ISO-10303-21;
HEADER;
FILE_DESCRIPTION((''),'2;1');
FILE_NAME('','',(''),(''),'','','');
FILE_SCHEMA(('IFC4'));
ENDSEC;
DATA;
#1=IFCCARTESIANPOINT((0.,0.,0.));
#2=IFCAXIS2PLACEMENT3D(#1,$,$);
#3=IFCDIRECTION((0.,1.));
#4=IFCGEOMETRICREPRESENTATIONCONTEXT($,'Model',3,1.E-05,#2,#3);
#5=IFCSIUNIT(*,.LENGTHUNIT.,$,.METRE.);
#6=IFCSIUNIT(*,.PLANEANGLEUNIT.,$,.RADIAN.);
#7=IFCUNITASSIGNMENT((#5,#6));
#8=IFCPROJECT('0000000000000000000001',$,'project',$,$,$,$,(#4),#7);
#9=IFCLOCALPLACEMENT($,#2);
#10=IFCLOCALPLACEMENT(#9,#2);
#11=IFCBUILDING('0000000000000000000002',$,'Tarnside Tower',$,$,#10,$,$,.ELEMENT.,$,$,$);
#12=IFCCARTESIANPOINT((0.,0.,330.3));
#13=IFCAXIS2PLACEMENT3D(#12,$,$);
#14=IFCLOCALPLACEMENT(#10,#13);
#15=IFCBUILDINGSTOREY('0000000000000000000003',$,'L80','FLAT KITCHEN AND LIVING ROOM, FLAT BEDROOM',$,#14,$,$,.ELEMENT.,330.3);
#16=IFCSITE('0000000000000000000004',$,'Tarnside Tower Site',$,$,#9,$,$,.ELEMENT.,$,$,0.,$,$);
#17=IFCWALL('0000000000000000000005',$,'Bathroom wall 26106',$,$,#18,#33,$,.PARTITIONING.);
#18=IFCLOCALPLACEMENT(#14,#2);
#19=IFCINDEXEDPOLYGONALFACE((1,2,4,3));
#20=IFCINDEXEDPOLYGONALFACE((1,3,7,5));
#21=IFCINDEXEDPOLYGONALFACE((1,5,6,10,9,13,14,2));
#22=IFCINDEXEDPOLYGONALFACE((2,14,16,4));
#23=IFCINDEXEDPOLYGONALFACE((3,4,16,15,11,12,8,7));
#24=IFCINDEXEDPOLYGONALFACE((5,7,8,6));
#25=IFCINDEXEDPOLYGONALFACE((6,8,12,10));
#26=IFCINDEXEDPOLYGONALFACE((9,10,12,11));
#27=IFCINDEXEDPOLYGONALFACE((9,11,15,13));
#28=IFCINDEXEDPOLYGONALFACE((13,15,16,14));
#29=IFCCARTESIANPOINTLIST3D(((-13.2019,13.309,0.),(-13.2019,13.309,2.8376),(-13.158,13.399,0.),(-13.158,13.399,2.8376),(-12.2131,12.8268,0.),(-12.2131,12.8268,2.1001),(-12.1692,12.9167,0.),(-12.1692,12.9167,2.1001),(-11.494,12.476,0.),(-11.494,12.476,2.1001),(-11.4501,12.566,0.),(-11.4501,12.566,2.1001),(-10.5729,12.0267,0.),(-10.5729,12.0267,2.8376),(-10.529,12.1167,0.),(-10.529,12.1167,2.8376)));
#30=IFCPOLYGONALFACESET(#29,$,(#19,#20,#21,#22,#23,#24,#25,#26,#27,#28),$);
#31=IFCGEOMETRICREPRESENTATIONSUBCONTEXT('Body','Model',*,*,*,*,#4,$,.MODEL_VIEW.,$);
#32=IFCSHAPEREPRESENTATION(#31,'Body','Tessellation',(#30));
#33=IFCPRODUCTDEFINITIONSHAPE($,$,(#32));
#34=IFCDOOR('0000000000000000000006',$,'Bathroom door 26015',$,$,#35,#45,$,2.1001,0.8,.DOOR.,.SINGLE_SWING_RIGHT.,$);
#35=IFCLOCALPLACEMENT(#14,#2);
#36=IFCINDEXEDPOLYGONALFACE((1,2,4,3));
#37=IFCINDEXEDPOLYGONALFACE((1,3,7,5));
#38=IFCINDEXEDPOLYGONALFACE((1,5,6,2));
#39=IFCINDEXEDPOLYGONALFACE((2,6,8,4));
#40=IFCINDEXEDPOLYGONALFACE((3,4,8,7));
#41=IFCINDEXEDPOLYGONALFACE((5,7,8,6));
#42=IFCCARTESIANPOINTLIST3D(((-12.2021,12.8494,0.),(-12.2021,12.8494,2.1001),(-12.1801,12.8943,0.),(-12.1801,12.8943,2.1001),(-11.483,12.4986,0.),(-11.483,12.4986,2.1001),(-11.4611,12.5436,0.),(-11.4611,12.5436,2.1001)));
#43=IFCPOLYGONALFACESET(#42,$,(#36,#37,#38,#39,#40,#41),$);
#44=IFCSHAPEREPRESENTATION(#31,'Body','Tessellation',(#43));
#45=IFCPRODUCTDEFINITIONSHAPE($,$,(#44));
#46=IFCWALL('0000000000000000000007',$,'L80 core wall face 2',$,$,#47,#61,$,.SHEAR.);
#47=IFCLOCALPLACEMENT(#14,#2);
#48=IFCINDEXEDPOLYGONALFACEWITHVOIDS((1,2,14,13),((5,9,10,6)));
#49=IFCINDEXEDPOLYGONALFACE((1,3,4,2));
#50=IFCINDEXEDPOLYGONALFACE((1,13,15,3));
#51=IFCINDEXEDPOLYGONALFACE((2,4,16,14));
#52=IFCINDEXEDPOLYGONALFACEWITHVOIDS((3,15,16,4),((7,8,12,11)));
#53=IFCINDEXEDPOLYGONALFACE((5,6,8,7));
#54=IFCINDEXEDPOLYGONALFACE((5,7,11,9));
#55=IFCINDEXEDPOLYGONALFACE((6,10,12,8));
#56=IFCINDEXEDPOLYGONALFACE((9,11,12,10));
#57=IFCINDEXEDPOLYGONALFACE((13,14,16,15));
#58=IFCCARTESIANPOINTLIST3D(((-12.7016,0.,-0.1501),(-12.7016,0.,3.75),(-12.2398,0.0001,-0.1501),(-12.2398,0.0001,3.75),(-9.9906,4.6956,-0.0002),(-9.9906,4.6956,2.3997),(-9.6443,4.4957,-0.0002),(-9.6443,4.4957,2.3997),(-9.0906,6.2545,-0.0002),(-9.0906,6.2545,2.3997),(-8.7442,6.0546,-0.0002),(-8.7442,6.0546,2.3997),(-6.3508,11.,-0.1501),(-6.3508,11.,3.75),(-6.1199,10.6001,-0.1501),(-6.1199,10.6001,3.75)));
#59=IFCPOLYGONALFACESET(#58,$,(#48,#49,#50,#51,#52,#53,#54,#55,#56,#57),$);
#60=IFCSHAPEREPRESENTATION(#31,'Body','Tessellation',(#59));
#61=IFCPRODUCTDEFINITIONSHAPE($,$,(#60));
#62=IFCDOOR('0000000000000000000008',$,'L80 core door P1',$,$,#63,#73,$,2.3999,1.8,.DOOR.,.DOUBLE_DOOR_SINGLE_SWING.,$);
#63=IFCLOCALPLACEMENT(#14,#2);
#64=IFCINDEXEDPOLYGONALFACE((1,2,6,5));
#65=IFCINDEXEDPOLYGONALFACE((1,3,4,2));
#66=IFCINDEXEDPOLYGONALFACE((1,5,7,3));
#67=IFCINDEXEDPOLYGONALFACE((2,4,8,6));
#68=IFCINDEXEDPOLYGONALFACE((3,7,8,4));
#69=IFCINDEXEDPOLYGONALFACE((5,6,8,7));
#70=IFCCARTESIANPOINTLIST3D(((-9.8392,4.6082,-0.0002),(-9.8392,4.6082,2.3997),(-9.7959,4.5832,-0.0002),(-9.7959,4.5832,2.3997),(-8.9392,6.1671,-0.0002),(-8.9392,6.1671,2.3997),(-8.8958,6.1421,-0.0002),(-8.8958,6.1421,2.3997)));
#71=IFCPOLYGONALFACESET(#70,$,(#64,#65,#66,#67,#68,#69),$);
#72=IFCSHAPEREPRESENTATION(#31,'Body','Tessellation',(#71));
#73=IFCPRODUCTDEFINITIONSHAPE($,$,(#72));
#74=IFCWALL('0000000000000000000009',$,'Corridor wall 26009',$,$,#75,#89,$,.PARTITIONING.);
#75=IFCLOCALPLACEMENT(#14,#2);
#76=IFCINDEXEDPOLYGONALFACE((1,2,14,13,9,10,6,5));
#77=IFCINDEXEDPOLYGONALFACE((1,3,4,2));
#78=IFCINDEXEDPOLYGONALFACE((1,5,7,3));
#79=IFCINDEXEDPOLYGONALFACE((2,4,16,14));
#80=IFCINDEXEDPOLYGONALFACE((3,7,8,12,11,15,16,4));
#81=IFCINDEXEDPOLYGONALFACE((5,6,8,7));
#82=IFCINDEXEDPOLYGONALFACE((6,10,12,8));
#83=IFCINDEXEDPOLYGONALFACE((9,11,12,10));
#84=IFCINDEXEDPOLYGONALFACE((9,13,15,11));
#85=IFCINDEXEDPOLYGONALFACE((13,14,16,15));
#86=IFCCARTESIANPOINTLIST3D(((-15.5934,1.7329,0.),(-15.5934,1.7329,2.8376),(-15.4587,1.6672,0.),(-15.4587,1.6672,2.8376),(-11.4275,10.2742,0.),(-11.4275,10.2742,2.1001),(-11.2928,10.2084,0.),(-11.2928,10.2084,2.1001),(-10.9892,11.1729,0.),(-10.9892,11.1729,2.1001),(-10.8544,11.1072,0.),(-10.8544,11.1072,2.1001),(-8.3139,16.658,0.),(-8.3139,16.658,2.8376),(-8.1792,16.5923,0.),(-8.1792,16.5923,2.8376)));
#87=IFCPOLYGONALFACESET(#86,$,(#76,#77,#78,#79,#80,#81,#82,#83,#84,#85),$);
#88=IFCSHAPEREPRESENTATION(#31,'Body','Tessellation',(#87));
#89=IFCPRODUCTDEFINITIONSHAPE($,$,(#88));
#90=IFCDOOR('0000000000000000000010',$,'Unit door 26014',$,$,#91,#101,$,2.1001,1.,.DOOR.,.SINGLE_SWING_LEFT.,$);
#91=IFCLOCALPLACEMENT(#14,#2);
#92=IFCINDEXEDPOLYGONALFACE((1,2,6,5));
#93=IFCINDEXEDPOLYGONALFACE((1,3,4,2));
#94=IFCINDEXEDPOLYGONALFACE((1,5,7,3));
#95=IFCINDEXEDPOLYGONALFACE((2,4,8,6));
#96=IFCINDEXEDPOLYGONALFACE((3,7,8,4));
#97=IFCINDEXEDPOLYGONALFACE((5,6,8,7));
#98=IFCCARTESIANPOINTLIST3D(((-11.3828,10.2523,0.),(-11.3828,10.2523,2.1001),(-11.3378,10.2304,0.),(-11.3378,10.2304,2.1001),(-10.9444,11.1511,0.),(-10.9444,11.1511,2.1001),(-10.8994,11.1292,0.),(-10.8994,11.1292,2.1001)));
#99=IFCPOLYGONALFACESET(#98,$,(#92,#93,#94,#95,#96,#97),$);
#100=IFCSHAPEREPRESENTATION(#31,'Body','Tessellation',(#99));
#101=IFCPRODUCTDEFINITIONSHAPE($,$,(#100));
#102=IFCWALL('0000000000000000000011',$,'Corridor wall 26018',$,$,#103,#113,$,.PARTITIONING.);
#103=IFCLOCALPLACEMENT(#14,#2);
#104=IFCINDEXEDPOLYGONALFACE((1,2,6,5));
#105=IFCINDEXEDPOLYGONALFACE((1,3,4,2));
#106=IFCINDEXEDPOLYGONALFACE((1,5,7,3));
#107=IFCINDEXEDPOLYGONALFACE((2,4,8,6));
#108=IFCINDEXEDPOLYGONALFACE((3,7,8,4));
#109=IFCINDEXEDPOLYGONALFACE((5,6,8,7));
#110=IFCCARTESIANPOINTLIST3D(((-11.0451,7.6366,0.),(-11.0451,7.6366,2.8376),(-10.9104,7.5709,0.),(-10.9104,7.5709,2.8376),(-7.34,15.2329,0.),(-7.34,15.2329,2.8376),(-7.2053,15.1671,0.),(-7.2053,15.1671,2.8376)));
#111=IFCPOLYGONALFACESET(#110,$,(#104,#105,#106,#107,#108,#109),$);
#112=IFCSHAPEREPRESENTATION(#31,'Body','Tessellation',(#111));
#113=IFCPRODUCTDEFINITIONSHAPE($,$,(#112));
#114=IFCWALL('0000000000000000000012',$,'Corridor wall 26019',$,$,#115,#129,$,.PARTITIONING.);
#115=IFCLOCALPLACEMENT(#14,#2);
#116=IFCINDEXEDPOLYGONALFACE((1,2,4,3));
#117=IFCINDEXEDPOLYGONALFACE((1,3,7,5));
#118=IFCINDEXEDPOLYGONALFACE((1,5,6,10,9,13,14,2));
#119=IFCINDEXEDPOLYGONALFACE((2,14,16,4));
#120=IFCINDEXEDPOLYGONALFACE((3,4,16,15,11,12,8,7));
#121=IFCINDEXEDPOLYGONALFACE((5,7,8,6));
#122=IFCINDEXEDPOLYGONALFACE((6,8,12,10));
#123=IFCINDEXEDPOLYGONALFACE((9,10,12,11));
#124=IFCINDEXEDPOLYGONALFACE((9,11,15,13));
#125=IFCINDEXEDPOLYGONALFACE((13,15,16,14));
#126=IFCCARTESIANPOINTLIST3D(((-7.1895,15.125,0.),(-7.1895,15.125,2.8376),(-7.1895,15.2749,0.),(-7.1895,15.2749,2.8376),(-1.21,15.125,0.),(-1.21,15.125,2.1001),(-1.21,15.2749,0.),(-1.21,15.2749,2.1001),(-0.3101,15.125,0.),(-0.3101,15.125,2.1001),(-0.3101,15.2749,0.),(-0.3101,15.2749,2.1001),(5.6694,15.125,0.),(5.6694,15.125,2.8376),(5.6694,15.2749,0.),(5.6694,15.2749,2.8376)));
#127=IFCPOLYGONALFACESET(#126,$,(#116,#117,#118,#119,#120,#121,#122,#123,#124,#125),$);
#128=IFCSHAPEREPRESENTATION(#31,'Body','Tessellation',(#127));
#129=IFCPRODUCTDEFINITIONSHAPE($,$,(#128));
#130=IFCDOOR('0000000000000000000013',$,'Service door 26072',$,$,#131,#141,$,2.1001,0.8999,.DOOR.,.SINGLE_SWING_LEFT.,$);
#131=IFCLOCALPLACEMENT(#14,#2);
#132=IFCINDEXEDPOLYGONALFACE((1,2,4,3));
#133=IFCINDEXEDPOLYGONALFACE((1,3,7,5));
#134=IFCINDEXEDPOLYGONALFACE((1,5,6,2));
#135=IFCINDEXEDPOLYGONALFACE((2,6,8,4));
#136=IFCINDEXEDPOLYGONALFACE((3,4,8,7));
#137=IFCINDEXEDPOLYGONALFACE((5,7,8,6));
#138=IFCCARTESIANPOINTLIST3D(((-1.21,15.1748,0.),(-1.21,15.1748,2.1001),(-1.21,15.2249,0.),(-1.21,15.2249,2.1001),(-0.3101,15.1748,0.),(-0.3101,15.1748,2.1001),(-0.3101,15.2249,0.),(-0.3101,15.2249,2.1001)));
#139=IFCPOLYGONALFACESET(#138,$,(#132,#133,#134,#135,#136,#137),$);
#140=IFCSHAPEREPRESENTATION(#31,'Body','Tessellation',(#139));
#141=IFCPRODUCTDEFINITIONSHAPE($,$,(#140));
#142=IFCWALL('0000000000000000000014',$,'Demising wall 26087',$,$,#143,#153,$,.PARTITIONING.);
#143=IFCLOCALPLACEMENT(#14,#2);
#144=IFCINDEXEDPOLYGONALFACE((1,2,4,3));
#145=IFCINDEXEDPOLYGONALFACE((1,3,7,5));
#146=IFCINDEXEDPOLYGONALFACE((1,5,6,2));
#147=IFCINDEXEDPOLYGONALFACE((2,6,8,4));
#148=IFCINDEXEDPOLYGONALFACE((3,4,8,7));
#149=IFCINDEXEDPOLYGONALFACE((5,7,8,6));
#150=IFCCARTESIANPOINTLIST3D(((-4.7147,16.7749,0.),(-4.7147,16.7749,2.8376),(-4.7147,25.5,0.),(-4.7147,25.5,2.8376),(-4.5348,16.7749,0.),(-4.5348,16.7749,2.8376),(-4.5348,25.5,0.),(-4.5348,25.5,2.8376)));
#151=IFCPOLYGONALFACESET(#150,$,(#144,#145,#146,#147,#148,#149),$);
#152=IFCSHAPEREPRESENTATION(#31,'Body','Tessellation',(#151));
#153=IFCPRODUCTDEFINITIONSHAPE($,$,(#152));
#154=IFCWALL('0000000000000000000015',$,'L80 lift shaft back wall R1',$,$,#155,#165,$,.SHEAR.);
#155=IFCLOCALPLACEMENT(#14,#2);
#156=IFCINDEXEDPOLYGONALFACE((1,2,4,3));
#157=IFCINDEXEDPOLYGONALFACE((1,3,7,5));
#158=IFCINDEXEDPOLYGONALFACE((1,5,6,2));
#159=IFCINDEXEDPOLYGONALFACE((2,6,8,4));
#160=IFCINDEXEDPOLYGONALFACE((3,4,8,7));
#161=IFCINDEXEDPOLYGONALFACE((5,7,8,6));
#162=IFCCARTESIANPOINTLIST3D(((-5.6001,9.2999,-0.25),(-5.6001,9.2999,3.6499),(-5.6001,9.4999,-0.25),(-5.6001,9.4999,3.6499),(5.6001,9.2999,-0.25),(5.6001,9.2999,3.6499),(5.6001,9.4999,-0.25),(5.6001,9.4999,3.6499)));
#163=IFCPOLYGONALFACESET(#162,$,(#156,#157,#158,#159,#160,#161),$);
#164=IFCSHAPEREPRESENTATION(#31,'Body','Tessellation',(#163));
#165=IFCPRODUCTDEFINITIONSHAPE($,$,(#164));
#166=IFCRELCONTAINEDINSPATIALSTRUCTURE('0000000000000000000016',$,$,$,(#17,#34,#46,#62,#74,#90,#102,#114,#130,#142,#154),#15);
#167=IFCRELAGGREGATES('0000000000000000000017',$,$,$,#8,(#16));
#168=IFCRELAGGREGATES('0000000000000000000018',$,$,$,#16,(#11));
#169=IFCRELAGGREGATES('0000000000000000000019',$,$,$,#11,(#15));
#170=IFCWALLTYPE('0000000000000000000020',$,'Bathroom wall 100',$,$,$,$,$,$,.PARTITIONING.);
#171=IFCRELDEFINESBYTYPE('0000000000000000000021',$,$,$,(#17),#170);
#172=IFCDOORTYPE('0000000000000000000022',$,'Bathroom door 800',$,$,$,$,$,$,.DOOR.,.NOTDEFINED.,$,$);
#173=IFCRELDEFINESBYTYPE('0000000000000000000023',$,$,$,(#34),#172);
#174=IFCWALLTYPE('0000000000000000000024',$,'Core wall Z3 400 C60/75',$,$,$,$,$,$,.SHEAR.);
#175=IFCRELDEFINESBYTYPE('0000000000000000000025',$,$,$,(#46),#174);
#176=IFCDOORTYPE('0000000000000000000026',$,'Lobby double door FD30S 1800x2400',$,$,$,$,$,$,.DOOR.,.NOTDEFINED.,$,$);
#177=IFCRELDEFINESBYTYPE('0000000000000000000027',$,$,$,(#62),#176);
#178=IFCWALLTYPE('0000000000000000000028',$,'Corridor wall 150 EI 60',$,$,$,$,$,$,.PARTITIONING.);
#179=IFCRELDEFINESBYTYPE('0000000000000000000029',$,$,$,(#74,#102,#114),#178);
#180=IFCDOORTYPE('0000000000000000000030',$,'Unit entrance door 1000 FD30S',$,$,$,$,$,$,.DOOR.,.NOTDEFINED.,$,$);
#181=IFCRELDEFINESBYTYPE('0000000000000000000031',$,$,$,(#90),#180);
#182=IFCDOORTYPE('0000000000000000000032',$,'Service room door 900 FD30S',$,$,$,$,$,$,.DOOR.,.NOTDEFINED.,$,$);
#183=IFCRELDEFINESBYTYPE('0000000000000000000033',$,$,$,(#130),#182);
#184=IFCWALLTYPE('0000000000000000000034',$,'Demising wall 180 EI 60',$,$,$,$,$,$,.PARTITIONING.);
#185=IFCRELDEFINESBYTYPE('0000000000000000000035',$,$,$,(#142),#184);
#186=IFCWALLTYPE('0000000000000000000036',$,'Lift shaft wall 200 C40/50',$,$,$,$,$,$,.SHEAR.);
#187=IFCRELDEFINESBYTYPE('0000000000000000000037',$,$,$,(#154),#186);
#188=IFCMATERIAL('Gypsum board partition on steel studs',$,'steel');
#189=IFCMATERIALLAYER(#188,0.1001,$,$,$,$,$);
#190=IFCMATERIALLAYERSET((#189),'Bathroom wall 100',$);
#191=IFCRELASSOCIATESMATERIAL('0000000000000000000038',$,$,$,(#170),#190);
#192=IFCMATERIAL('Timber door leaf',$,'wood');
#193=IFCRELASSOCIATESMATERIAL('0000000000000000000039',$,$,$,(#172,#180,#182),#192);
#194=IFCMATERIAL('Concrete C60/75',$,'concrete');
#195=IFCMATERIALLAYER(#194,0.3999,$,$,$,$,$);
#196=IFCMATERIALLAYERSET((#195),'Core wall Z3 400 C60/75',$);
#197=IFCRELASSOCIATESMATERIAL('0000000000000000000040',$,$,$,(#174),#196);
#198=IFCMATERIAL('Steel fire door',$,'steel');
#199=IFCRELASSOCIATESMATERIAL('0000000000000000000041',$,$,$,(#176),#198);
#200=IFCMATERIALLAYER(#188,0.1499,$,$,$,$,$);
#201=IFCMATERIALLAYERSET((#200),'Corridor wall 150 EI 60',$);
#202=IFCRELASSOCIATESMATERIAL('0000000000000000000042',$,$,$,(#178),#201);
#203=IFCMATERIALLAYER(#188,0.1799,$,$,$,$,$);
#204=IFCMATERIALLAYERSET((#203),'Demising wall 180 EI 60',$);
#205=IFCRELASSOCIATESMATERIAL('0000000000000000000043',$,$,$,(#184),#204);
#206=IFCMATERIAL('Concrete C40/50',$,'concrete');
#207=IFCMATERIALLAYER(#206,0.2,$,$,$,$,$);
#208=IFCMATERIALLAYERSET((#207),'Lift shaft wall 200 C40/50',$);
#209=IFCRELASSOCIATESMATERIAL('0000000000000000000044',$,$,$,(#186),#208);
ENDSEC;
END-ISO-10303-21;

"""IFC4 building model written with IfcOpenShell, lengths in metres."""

from ifc_helpers import new_model, si_unit, direction, frame, frame_2d, origin, place, context, subcontext, project, spatial, polyline, rectangle, outline, extrude, material, layer, layer_set, type_object, element, fill, save


model = new_model("IFC4")

# Units and contexts
model_context = context("Model", 3, precision=1e-05, world=origin(), true_north=direction((0.0, 1.0)))
body_context = subcontext(model_context, "Body", "Model", "MODEL_VIEW")
ifc_project = project(units=[si_unit("LENGTHUNIT", "METRE"), si_unit("PLANEANGLEUNIT", "RADIAN")], contexts=[model_context])

# Site, building, storey
site_placement = place(None, origin())
site = spatial("IfcSite", under=ifc_project, at=site_placement, Name="Tarnside Tower Site", CompositionType="ELEMENT", RefElevation=0.0)
building_placement = place(site_placement, origin())
building = spatial("IfcBuilding", under=site, at=building_placement, Name="Tarnside Tower", CompositionType="ELEMENT")
storey_placement = place(building_placement, frame((0.0, 0.0, 330.3)))
storey = spatial("IfcBuildingStorey", under=building, at=storey_placement, Name="L80", Description="FLAT KITCHEN AND LIVING ROOM, FLAT BEDROOM", CompositionType="ELEMENT", Elevation=330.3)

# Shared definitions
ifc_material_1 = material(Name="Gypsum board partition on steel studs", Category="steel")
ifc_layer_1 = layer(ifc_material_1, 0.1001)
ifc_layer_set_1 = layer_set([ifc_layer_1], Name="Bathroom wall 100")
wall_type_1 = type_object("IfcWallType", Name="Bathroom wall 100", PredefinedType="PARTITIONING", material=ifc_layer_set_1)
ifc_material_2 = material(Name="Timber door leaf", Category="wood")
door_type_1 = type_object("IfcDoorType", Name="Bathroom door 800", OperationType="NOTDEFINED", PredefinedType="DOOR", material=ifc_material_2)

# Walls, openings, doors
wall_1_placement = place(storey_placement, frame((-10.551, 12.0718, 0.0), z_axis=(0.0, 0.0, 1.0), x_axis=(-0.898791, 0.438378, 0.0)))
wall_1 = element("IfcWall", 1, at=wall_1_placement, inside=storey, type_object=wall_type_1, Name="Bathroom wall 26106", PredefinedType="PARTITIONING", context=body_context, shape_type="SweptSolid", body=[
    extrude(rectangle(XDim=2.925, YDim=0.1001, at=frame_2d((1.4624, 0.0))), origin(), (0.0, 0.0, 1.0), 2.8376),
])
opening_1_placement = place(wall_1_placement, frame((1.0249, 0.0, 0.0)))
opening_1 = element("IfcOpeningElement", 2, at=opening_1_placement, cuts=wall_1, PredefinedType="OPENING", context=body_context, shape_type="SweptSolid", body=[
    extrude(rectangle(XDim=0.8, YDim=2.1001, at=frame_2d((0.3999, 1.05))), frame((0.0, 0.0601, 0.0), z_axis=(0.0, -1.0, 0.0), x_axis=(1.0, 0.0, 0.0)), (0.0, 0.0, 1.0), 0.1201),
])
door_1_placement = place(opening_1_placement, origin())
door_1 = element("IfcDoor", 3, at=door_1_placement, inside=storey, type_object=door_type_1, Name="Bathroom door 26015", OperationType="SINGLE_SWING_RIGHT", OverallHeight=2.1001, OverallWidth=0.8, PredefinedType="DOOR", context=body_context, shape_type="SweptSolid", body=[
    extrude(rectangle(XDim=0.8, YDim=2.1001, at=frame_2d((0.3999, 1.05))), frame((0.0, 0.0249, 0.0), z_axis=(0.0, -1.0, 0.0), x_axis=(1.0, 0.0, 0.0)), (0.0, 0.0, 1.0), 0.05),
])
fill(opening_1, door_1)
ifc_material_3 = material(Name="Concrete C60/75", Category="concrete")
ifc_layer_2 = layer(ifc_material_3, 0.3999)
ifc_layer_set_2 = layer_set([ifc_layer_2], Name="Core wall Z3 400 C60/75")
wall_type_2 = type_object("IfcWallType", Name="Core wall Z3 400 C60/75", PredefinedType="SHEAR", material=ifc_layer_set_2)
wall_2_placement = place(storey_placement, frame((-6.2354, 10.8, -0.1501), z_axis=(0.0, 0.0, 1.0), x_axis=(-0.499996, -0.866027, 0.0)))
wall_2 = element("IfcWall", 4, at=wall_2_placement, inside=storey, type_object=wall_type_2, Name="L80 core wall face 2", PredefinedType="SHEAR", context=body_context, shape_type="SweptSolid", body=[
    extrude(outline(polyline([(-0.1155, -0.2), (12.5862, -0.2), (12.3552, 0.2), (0.1155, 0.2), (-0.1155, -0.2)])), origin(), (0.0, 0.0, 1.0), 3.9001),
])
opening_2_placement = place(wall_2_placement, frame((5.3643, 0.0, 0.1499)))
opening_2 = element("IfcOpeningElement", 5, at=opening_2_placement, cuts=wall_2, PredefinedType="OPENING", context=body_context, shape_type="SweptSolid", body=[
    extrude(rectangle(XDim=1.8, YDim=2.3999, at=frame_2d((0.8999, 1.2))), frame((0.0, 0.21, 0.0), z_axis=(0.0, -1.0, 0.0), x_axis=(1.0, 0.0, 0.0)), (0.0, 0.0, 1.0), 0.4199),
])
ifc_material_4 = material(Name="Steel fire door", Category="steel")
door_type_2 = type_object("IfcDoorType", Name="Lobby double door FD30S 1800x2400", OperationType="NOTDEFINED", PredefinedType="DOOR", material=ifc_material_4)
door_2_placement = place(opening_2_placement, origin())
door_2 = element("IfcDoor", 6, at=door_2_placement, inside=storey, type_object=door_type_2, Name="L80 core door P1", OperationType="DOUBLE_DOOR_SINGLE_SWING", OverallHeight=2.3999, OverallWidth=1.8, PredefinedType="DOOR", context=body_context, shape_type="SweptSolid", body=[
    extrude(rectangle(XDim=1.8, YDim=2.3999, at=frame_2d((0.8999, 1.2))), frame((0.0, 0.0249, 0.0), z_axis=(0.0, -1.0, 0.0), x_axis=(1.0, 0.0, 0.0)), (0.0, 0.0, 1.0), 0.05),
])
fill(opening_2, door_2)
ifc_layer_3 = layer(ifc_material_1, 0.1499)
ifc_layer_set_3 = layer_set([ifc_layer_3], Name="Corridor wall 150 EI 60")
wall_type_3 = type_object("IfcWallType", Name="Corridor wall 150 EI 60", PredefinedType="PARTITIONING", material=ifc_layer_set_3)
wall_3_placement = place(storey_placement, frame((-8.2466, 16.625, 0.0), z_axis=(0.0, 0.0, 1.0), x_axis=(-0.438376, -0.898791, 0.0)))
wall_3 = element("IfcWall", 7, at=wall_3_placement, inside=storey, type_object=wall_type_3, Name="Corridor wall 26009", PredefinedType="PARTITIONING", context=body_context, shape_type="SweptSolid", body=[
    extrude(rectangle(XDim=16.6057, YDim=0.1499, at=frame_2d((8.3027, 0.0))), origin(), (0.0, 0.0, 1.0), 2.8376),
])
opening_3_placement = place(wall_3_placement, frame((6.1025, 0.0, 0.0)))
opening_3 = element("IfcOpeningElement", 8, at=opening_3_placement, cuts=wall_3, PredefinedType="OPENING", context=body_context, shape_type="SweptSolid", body=[
    extrude(rectangle(XDim=1.0, YDim=2.1001, at=frame_2d((0.5, 1.05))), frame((0.0, 0.085, 0.0), z_axis=(0.0, -1.0, 0.0), x_axis=(1.0, 0.0, 0.0)), (0.0, 0.0, 1.0), 0.1699),
])
door_type_3 = type_object("IfcDoorType", Name="Unit entrance door 1000 FD30S", OperationType="NOTDEFINED", PredefinedType="DOOR", material=ifc_material_2)
door_3_placement = place(opening_3_placement, origin())
door_3 = element("IfcDoor", 9, at=door_3_placement, inside=storey, type_object=door_type_3, Name="Unit door 26014", OperationType="SINGLE_SWING_LEFT", OverallHeight=2.1001, OverallWidth=1.0, PredefinedType="DOOR", context=body_context, shape_type="SweptSolid", body=[
    extrude(rectangle(XDim=1.0, YDim=2.1001, at=frame_2d((0.5, 1.05))), frame((0.0, 0.0249, 0.0), z_axis=(0.0, -1.0, 0.0), x_axis=(1.0, 0.0, 0.0)), (0.0, 0.0, 1.0), 0.05),
])
fill(opening_3, door_3)

# Wall
wall_4_placement = place(storey_placement, frame((-10.9778, 7.6038, 0.0), z_axis=(0.0, 0.0, 1.0), x_axis=(0.438387, 0.898786, 0.0)))
element("IfcWall", 10, at=wall_4_placement, inside=storey, type_object=wall_type_3, Name="Corridor wall 26018", PredefinedType="PARTITIONING", context=body_context, shape_type="SweptSolid", body=[
    extrude(rectangle(XDim=8.4517, YDim=0.1499, at=frame_2d((4.2258, 0.0))), origin(), (0.0, 0.0, 1.0), 2.8376),
])

# Wall, opening, door
wall_5_placement = place(storey_placement, frame((-7.1895, 15.2, 0.0), z_axis=(0.0, 0.0, 1.0), x_axis=(1.0, 0.0, 0.0)))
wall_5 = element("IfcWall", 11, at=wall_5_placement, inside=storey, type_object=wall_type_3, Name="Corridor wall 26019", PredefinedType="PARTITIONING", context=body_context, shape_type="SweptSolid", body=[
    extrude(rectangle(XDim=12.8589, YDim=0.1499, at=frame_2d((6.4294, 0.0))), origin(), (0.0, 0.0, 1.0), 2.8376),
])
opening_4_placement = place(wall_5_placement, frame((5.9795, 0.0, 0.0)))
opening_4 = element("IfcOpeningElement", 12, at=opening_4_placement, cuts=wall_5, PredefinedType="OPENING", context=body_context, shape_type="SweptSolid", body=[
    extrude(rectangle(XDim=0.8999, YDim=2.1001, at=frame_2d((0.45, 1.05))), frame((0.0, 0.085, 0.0), z_axis=(0.0, -1.0, 0.0), x_axis=(1.0, 0.0, 0.0)), (0.0, 0.0, 1.0), 0.1699),
])
door_type_4 = type_object("IfcDoorType", Name="Service room door 900 FD30S", OperationType="NOTDEFINED", PredefinedType="DOOR", material=ifc_material_2)
door_4_placement = place(opening_4_placement, origin())
door_4 = element("IfcDoor", 13, at=door_4_placement, inside=storey, type_object=door_type_4, Name="Service door 26072", OperationType="SINGLE_SWING_LEFT", OverallHeight=2.1001, OverallWidth=0.8999, PredefinedType="DOOR", context=body_context, shape_type="SweptSolid", body=[
    extrude(rectangle(XDim=0.8999, YDim=2.1001, at=frame_2d((0.45, 1.05))), frame((0.0, 0.0249, 0.0), z_axis=(0.0, -1.0, 0.0), x_axis=(1.0, 0.0, 0.0)), (0.0, 0.0, 1.0), 0.05),
])
fill(opening_4, door_4)

# Walls
ifc_layer_4 = layer(ifc_material_1, 0.1799)
ifc_layer_set_4 = layer_set([ifc_layer_4], Name="Demising wall 180 EI 60")
wall_type_4 = type_object("IfcWallType", Name="Demising wall 180 EI 60", PredefinedType="PARTITIONING", material=ifc_layer_set_4)
wall_6_placement = place(storey_placement, frame((-4.6248, 25.5, 0.0), z_axis=(0.0, 0.0, 1.0), x_axis=(0.0, -1.0, 0.0)))
element("IfcWall", 14, at=wall_6_placement, inside=storey, type_object=wall_type_4, Name="Demising wall 26087", PredefinedType="PARTITIONING", context=body_context, shape_type="SweptSolid", body=[
    extrude(rectangle(XDim=8.7251, YDim=0.1799, at=frame_2d((4.3625, 0.0))), origin(), (0.0, 0.0, 1.0), 2.8376),
])
ifc_material_5 = material(Name="Concrete C40/50", Category="concrete")
ifc_layer_5 = layer(ifc_material_5, 0.2)
ifc_layer_set_5 = layer_set([ifc_layer_5], Name="Lift shaft wall 200 C40/50")
wall_type_5 = type_object("IfcWallType", Name="Lift shaft wall 200 C40/50", PredefinedType="SHEAR", material=ifc_layer_set_5)
wall_7_placement = place(storey_placement, frame((-5.6001, 9.3999, -0.25), z_axis=(0.0, 0.0, 1.0), x_axis=(1.0, 0.0, 0.0)))
element("IfcWall", 15, at=wall_7_placement, inside=storey, type_object=wall_type_5, Name="L80 lift shaft back wall R1", PredefinedType="SHEAR", context=body_context, shape_type="SweptSolid", body=[
    extrude(rectangle(XDim=11.2002, YDim=0.2, at=frame_2d((5.6001, 0.0))), origin(), (0.0, 0.0, 1.0), 3.8999),
])

save(model, "model.ifc")
